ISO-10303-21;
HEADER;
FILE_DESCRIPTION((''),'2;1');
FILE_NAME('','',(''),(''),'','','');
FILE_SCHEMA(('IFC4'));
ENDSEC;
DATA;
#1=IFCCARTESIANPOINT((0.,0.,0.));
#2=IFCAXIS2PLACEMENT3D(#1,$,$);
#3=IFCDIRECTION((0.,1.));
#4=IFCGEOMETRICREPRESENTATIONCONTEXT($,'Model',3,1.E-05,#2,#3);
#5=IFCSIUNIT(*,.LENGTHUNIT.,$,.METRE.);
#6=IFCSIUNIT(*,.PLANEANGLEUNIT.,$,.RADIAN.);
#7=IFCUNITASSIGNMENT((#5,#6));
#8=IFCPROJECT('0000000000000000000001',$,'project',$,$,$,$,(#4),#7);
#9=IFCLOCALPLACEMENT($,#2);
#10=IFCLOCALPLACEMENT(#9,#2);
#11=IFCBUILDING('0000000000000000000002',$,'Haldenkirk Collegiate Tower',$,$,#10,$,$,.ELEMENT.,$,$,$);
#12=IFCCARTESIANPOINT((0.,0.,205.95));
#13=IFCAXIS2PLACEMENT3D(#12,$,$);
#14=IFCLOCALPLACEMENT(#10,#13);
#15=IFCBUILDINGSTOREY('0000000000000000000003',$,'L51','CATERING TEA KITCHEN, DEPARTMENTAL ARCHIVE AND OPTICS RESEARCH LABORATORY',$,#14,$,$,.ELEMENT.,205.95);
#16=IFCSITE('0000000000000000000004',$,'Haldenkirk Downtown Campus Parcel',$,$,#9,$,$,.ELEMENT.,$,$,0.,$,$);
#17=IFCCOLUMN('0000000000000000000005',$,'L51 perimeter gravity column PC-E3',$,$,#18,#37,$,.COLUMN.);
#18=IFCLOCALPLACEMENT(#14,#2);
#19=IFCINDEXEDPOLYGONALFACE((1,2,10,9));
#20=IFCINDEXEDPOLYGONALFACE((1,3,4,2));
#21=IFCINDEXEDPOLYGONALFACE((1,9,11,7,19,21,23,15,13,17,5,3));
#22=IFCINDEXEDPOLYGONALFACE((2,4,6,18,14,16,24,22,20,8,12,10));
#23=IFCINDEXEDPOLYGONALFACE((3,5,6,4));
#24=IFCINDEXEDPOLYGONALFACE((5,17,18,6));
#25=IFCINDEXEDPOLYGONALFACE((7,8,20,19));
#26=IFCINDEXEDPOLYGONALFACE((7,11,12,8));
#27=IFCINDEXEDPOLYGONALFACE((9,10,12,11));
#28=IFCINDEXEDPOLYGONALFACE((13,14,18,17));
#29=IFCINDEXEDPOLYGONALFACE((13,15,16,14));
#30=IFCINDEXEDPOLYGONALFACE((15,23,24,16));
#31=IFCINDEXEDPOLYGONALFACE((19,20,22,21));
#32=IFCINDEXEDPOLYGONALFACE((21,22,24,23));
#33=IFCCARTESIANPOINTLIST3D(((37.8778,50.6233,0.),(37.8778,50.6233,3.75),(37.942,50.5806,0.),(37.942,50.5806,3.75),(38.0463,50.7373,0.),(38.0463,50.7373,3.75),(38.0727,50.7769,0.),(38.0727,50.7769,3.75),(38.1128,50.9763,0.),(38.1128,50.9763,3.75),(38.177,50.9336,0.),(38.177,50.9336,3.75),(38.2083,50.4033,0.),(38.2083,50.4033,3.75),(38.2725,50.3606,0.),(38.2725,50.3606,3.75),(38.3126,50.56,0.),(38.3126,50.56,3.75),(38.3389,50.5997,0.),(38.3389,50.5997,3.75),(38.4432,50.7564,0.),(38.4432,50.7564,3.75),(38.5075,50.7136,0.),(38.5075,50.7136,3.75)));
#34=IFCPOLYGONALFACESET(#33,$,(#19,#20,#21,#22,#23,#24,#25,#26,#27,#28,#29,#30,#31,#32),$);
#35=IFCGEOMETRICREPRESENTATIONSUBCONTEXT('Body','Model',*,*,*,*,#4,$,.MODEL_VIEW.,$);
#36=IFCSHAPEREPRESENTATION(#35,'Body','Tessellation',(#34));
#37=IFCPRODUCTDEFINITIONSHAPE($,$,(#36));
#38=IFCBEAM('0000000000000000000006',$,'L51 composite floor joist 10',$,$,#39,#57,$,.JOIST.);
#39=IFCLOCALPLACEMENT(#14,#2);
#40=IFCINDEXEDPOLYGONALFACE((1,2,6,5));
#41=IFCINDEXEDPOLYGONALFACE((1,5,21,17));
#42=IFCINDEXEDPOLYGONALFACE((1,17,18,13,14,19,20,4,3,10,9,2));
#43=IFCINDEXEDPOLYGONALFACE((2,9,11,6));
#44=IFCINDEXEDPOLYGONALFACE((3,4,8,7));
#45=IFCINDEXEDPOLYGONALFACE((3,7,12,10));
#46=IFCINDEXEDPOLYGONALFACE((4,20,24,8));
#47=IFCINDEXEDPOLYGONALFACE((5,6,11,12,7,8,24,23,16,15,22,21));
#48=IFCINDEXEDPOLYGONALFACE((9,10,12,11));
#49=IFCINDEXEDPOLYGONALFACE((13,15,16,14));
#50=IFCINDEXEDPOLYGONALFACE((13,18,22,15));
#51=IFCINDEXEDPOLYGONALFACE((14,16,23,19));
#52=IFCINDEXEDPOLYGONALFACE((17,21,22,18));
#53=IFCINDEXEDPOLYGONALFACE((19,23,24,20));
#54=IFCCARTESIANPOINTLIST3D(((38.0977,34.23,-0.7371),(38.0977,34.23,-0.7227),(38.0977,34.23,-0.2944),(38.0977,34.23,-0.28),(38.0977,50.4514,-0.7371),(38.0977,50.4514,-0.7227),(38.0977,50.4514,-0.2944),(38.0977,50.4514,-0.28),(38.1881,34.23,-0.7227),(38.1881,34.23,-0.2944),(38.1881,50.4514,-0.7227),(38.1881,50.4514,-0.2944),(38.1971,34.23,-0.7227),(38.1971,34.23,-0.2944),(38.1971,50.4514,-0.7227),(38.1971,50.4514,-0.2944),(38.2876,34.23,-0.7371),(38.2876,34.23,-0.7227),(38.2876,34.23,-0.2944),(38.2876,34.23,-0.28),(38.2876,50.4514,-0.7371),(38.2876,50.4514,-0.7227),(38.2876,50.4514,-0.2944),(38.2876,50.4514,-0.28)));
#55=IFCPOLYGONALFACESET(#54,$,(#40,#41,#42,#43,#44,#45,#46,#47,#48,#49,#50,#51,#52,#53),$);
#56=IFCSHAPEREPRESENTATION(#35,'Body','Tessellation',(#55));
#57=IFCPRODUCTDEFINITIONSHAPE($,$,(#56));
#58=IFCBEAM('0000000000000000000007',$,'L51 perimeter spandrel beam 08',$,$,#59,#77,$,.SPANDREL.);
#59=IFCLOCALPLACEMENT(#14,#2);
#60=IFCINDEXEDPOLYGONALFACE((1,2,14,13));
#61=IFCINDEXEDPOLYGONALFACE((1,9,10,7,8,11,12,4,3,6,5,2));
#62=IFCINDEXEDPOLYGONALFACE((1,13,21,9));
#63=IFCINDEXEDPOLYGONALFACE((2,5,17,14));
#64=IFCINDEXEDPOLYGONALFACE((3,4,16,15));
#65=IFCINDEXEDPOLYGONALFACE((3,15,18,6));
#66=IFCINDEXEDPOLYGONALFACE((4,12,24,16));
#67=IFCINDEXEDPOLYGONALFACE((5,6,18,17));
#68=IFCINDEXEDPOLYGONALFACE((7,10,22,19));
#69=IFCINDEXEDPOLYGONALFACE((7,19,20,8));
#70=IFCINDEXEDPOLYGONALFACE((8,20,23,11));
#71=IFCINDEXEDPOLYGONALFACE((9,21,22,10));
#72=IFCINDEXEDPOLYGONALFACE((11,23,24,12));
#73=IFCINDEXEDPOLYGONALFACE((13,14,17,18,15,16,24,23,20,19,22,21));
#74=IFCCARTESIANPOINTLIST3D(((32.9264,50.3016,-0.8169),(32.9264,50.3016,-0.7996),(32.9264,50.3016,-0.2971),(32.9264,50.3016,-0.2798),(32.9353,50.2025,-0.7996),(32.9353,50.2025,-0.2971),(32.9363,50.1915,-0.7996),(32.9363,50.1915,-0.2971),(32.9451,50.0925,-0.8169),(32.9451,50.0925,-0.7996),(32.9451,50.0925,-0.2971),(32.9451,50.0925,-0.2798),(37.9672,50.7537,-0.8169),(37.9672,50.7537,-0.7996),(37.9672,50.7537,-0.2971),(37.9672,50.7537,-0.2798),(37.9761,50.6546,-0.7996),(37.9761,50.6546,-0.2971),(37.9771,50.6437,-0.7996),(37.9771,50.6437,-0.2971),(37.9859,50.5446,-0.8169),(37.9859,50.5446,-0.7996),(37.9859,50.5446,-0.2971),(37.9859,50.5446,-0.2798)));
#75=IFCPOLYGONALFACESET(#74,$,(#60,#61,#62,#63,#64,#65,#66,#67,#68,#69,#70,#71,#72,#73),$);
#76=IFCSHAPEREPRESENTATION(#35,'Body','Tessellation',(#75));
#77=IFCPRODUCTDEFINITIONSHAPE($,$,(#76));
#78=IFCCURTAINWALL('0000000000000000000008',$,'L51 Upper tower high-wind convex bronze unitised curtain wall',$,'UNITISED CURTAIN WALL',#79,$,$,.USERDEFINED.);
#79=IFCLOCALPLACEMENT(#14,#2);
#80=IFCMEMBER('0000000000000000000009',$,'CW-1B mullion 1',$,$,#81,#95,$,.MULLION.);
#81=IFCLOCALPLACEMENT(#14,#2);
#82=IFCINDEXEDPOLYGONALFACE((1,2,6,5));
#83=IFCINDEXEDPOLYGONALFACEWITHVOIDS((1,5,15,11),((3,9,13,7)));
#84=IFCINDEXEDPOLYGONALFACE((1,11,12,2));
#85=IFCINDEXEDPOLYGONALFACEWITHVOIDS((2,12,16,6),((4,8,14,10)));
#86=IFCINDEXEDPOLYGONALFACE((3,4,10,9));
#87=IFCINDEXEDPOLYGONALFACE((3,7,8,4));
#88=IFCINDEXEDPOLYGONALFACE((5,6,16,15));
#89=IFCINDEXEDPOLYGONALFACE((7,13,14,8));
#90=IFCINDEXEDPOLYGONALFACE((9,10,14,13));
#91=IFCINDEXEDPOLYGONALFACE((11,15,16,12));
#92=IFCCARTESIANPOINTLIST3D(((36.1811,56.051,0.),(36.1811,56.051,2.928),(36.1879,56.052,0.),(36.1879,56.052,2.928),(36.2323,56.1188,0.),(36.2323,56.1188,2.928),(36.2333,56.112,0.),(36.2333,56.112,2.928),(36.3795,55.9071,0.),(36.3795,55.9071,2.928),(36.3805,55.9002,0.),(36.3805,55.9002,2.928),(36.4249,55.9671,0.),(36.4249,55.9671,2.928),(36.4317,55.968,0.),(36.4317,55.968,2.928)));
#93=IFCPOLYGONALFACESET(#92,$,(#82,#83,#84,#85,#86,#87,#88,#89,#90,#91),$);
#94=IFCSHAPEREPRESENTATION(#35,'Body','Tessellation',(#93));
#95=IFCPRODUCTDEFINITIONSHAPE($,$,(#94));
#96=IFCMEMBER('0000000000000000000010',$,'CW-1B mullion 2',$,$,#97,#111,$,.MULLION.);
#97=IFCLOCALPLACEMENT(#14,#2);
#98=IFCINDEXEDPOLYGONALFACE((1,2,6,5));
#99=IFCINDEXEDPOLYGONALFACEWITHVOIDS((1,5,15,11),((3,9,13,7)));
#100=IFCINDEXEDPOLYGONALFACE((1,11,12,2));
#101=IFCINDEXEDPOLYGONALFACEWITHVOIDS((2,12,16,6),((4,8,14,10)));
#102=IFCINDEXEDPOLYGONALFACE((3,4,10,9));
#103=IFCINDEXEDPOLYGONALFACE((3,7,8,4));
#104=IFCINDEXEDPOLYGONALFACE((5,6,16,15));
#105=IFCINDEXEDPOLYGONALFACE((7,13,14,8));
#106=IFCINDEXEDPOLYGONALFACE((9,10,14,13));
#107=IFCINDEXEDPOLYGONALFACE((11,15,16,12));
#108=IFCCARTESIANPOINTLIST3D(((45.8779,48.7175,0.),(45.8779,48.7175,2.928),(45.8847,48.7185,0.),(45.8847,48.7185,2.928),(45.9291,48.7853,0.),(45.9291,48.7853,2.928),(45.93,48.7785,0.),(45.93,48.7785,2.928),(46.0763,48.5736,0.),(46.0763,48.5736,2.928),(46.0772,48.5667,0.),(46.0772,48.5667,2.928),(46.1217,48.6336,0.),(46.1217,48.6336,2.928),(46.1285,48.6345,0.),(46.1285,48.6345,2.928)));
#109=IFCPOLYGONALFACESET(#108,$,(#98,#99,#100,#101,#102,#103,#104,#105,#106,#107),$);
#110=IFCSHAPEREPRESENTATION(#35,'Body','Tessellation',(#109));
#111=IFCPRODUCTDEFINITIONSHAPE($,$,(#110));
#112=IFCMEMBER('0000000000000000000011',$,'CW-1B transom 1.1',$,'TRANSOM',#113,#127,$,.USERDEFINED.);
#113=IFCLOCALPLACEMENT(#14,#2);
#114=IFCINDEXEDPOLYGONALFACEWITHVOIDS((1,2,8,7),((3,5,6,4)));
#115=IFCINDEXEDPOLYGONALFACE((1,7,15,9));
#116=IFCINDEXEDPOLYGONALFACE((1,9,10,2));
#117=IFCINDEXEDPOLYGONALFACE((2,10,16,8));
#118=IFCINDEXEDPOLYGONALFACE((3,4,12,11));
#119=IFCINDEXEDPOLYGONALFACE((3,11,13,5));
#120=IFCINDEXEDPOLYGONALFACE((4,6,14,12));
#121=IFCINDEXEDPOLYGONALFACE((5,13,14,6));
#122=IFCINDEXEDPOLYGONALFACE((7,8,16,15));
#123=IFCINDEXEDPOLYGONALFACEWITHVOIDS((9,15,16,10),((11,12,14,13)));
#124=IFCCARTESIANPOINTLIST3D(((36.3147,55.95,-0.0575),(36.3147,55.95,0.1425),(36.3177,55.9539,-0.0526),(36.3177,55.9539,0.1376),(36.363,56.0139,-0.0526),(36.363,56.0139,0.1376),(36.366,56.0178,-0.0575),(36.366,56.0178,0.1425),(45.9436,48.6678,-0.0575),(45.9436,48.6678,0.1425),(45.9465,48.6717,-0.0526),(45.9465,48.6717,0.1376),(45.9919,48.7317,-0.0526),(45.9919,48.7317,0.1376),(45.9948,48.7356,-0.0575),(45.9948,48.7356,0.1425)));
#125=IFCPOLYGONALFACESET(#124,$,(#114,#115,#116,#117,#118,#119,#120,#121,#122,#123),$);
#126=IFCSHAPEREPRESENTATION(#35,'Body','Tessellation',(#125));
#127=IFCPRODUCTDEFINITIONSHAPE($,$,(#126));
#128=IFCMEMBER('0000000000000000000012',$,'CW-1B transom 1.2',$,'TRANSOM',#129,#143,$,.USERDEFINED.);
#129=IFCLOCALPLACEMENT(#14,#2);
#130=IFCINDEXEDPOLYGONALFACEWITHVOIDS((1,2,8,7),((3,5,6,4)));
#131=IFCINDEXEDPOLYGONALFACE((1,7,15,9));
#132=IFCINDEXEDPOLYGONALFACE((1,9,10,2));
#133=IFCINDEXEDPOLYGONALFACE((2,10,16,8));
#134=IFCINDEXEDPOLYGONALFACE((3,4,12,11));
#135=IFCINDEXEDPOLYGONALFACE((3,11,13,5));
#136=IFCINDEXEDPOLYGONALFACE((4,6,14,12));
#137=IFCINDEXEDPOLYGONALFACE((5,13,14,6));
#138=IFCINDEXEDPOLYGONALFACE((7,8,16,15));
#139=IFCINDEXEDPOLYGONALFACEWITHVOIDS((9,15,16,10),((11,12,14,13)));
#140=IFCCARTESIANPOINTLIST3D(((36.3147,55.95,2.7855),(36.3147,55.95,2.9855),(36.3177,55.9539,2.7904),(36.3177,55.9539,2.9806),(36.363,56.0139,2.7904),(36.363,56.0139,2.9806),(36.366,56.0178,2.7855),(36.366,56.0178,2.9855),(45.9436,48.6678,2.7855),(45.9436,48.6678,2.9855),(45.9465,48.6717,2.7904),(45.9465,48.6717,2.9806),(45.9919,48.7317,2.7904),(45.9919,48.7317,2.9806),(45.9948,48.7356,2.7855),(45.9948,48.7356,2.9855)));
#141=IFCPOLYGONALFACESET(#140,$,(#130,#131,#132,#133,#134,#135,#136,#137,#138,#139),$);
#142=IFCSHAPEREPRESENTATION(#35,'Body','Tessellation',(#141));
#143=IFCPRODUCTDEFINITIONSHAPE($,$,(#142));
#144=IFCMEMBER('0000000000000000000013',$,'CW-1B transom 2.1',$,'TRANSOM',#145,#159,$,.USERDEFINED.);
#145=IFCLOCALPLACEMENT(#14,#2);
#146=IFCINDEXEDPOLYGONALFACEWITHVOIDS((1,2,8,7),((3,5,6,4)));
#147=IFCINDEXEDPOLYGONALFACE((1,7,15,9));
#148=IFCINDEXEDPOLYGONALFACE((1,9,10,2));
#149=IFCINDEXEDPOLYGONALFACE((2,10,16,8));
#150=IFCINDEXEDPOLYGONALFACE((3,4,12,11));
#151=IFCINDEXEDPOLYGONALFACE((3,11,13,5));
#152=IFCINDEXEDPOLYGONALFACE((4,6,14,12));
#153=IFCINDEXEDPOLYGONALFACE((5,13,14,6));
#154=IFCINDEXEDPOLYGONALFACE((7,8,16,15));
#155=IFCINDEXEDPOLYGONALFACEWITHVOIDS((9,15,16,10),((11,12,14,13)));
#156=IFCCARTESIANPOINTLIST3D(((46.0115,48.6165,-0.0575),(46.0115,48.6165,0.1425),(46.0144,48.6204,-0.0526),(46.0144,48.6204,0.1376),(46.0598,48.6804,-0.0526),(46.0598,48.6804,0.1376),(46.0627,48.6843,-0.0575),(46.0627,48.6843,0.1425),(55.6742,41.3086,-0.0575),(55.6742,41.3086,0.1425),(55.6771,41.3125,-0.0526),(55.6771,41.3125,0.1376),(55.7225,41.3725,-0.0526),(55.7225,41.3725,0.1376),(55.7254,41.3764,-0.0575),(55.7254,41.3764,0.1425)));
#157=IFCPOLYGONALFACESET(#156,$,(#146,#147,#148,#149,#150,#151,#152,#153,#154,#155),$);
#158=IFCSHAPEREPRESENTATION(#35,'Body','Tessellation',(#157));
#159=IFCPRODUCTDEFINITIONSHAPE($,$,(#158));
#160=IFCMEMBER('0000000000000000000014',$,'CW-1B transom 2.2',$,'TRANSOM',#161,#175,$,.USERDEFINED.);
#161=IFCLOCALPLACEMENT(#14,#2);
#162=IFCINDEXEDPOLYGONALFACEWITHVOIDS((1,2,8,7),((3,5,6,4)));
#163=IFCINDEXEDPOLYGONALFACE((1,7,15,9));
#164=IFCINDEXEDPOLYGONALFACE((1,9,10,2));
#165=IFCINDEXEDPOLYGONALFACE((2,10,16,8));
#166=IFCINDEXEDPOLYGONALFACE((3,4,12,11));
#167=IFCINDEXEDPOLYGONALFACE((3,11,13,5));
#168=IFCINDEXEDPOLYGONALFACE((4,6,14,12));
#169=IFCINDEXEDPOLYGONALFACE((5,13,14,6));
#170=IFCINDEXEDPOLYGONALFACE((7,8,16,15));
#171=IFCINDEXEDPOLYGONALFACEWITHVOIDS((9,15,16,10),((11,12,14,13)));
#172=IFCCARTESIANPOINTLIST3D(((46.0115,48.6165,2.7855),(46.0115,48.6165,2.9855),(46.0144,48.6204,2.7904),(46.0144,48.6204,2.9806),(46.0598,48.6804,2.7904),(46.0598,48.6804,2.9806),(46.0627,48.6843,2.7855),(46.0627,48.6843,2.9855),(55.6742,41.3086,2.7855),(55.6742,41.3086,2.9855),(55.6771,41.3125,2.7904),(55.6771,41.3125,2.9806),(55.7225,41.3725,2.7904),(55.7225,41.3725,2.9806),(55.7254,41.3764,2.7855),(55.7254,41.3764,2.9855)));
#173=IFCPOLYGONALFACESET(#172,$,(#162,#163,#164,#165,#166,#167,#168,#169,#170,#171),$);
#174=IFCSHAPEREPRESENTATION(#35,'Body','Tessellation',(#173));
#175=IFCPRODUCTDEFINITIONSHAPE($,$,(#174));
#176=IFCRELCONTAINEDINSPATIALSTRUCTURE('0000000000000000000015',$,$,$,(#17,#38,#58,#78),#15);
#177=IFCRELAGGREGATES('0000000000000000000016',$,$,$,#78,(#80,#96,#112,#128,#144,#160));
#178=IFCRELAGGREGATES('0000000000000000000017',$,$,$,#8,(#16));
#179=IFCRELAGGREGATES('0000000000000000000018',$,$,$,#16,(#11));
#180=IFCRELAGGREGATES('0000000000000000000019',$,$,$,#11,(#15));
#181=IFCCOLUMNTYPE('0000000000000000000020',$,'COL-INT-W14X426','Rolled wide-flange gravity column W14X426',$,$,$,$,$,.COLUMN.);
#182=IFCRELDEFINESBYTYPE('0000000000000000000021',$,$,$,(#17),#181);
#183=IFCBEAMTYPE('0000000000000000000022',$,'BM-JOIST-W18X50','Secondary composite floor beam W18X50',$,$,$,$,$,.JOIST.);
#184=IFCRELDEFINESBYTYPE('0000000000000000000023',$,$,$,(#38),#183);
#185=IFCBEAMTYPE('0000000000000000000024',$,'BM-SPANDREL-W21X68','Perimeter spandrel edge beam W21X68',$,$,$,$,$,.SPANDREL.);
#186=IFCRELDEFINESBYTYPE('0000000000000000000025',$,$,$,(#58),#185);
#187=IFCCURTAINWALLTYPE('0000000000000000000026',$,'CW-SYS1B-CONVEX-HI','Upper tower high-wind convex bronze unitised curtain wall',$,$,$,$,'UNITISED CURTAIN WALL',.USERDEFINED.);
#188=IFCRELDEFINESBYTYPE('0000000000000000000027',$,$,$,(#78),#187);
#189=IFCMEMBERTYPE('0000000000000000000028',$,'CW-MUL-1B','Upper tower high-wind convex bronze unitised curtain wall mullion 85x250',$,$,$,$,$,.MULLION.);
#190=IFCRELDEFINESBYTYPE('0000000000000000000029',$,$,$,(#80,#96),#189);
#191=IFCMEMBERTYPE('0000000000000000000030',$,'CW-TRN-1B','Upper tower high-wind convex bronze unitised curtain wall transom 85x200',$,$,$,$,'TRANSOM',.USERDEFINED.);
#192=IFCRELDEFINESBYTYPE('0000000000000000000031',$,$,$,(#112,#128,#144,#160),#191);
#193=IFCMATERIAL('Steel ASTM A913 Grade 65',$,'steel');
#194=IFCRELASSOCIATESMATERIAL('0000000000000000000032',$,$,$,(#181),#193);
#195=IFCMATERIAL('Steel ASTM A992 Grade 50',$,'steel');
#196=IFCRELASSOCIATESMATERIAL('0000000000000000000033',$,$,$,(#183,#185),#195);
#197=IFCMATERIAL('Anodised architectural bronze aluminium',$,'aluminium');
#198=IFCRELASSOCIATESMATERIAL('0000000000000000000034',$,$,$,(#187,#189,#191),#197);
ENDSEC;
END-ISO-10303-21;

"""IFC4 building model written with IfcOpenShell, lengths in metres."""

from ifc_helpers import new_model, si_unit, direction, frame, origin, origin_2d, place, context, subcontext, project, spatial, hollow_rectangle, i_section, extrude, material, material_profile, profile_set, type_object, element, aggregate, save


model = new_model("IFC4")

# Units and contexts
model_context = context("Model", 3, precision=1e-05, world=origin(), true_north=direction((0.0, 1.0)))
body_context = subcontext(model_context, "Body", "Model", "MODEL_VIEW")
ifc_project = project(units=[si_unit("LENGTHUNIT", "METRE"), si_unit("PLANEANGLEUNIT", "RADIAN")], contexts=[model_context])

# Site, building, storey
site_placement = place(None, origin())
site = spatial("IfcSite", under=ifc_project, at=site_placement, Name="Haldenkirk Downtown Campus Parcel", CompositionType="ELEMENT", RefElevation=0.0)
building_placement = place(site_placement, origin())
building = spatial("IfcBuilding", under=site, at=building_placement, Name="Haldenkirk Collegiate Tower", CompositionType="ELEMENT")
storey_placement = place(building_placement, frame((0.0, 0.0, 205.95)))
storey = spatial("IfcBuildingStorey", under=building, at=storey_placement, Name="L51", Description="CATERING TEA KITCHEN, DEPARTMENTAL ARCHIVE AND OPTICS RESEARCH LABORATORY", CompositionType="ELEMENT", Elevation=205.95)

# Column
ifc_material_1 = material(Name="Steel ASTM A913 Grade 65", Category="steel")
ifc_material_profile_1 = material_profile(ifc_material_1, i_section(OverallWidth=0.4241, OverallDepth=0.4741, WebThickness=0.0476, FlangeThickness=0.0771, at=origin_2d()), Name="W14X426")
ifc_profile_set_1 = profile_set([ifc_material_profile_1], Name="Steel ASTM A913 Grade 65")
column_type = type_object("IfcColumnType", Name="COL-INT-W14X426", Description="Rolled wide-flange gravity column W14X426", PredefinedType="COLUMN", material=ifc_profile_set_1)
column_placement = place(storey_placement, frame((38.1926, 50.6685, 0.0), z_axis=(0.0, 0.0, 1.0), x_axis=(0.554118, 0.832438, 0.0)))
element("IfcColumn", 1, at=column_placement, inside=storey, type_object=column_type, Name="L51 perimeter gravity column PC-E3", PredefinedType="COLUMN", context=body_context, shape_type="SweptSolid", body=[
    extrude(i_section(OverallWidth=0.4241, OverallDepth=0.4741, WebThickness=0.0476, FlangeThickness=0.0771, at=origin_2d()), origin(), (0.0, 0.0, 1.0), 3.75),
])

# Beams
ifc_material_2 = material(Name="Steel ASTM A992 Grade 50", Category="steel")
ifc_material_profile_2 = material_profile(ifc_material_2, i_section(OverallWidth=0.1899, OverallDepth=0.457, WebThickness=0.009, FlangeThickness=0.0144, at=origin_2d()), Name="W18X50")
ifc_profile_set_2 = profile_set([ifc_material_profile_2], Name="Steel ASTM A992 Grade 50")
beam_type_1 = type_object("IfcBeamType", Name="BM-JOIST-W18X50", Description="Secondary composite floor beam W18X50", PredefinedType="JOIST", material=ifc_profile_set_2)
beam_1_placement = place(storey_placement, frame((38.1926, 50.4514, -0.5085), z_axis=(0.0, -1.0, 0.0), x_axis=(1.0, 0.0, 0.0)))
element("IfcBeam", 2, at=beam_1_placement, inside=storey, type_object=beam_type_1, Name="L51 composite floor joist 10", PredefinedType="JOIST", context=body_context, shape_type="SweptSolid", body=[
    extrude(i_section(OverallWidth=0.1899, OverallDepth=0.457, WebThickness=0.009, FlangeThickness=0.0144, at=origin_2d()), origin(), (0.0, 0.0, 1.0), 16.2214),
])
ifc_material_profile_3 = material_profile(ifc_material_2, i_section(OverallWidth=0.21, OverallDepth=0.5371, WebThickness=0.011, FlangeThickness=0.0173, at=origin_2d()), Name="W21X68")
ifc_profile_set_3 = profile_set([ifc_material_profile_3], Name="Steel ASTM A992 Grade 50")
beam_type_2 = type_object("IfcBeamType", Name="BM-SPANDREL-W21X68", Description="Perimeter spandrel edge beam W21X68", PredefinedType="SPANDREL", material=ifc_profile_set_3)
beam_2_placement = place(storey_placement, frame((37.9766, 50.6492, -0.5483), z_axis=(-0.996001, -0.08934, 0.0), x_axis=(0.08934, -0.996001, 0.0)))
element("IfcBeam", 3, at=beam_2_placement, inside=storey, type_object=beam_type_2, Name="L51 perimeter spandrel beam 08", PredefinedType="SPANDREL", context=body_context, shape_type="SweptSolid", body=[
    extrude(i_section(OverallWidth=0.21, OverallDepth=0.5371, WebThickness=0.011, FlangeThickness=0.0173, at=origin_2d()), origin(), (0.0, 0.0, 1.0), 5.061),
])

# Curtain wall, members
ifc_material_3 = material(Name="Anodised architectural bronze aluminium", Category="aluminium")
curtain_wall_type = type_object("IfcCurtainWallType", Name="CW-SYS1B-CONVEX-HI", Description="Upper tower high-wind convex bronze unitised curtain wall", ElementType="UNITISED CURTAIN WALL", PredefinedType="USERDEFINED", material=ifc_material_3)
curtain_wall_placement = place(storey_placement, origin())
curtain_wall = element("IfcCurtainWall", 4, at=curtain_wall_placement, inside=storey, type_object=curtain_wall_type, Name="L51 Upper tower high-wind convex bronze unitised curtain wall", ObjectType="UNITISED CURTAIN WALL", PredefinedType="USERDEFINED")
ifc_material_profile_4 = material_profile(ifc_material_3, hollow_rectangle(XDim=0.085, YDim=0.25, WallThickness=0.0049, at=origin_2d()), Name="CW-MUL-1B")
ifc_profile_set_4 = profile_set([ifc_material_profile_4], Name="Anodised architectural bronze aluminium")
member_type_1 = type_object("IfcMemberType", Name="CW-MUL-1B", Description="Upper tower high-wind convex bronze unitised curtain wall mullion 85x250", PredefinedType="MULLION", material=ifc_profile_set_4)
member_1_placement = place(storey_placement, frame((36.3064, 56.0095, 0.0), z_axis=(0.0, 0.0, 1.0), x_axis=(0.603207, 0.797584, 0.0)))
member_1 = element("IfcMember", 5, at=member_1_placement, type_object=member_type_1, Name="CW-1B mullion 1", PredefinedType="MULLION", context=body_context, shape_type="SweptSolid", body=[
    extrude(hollow_rectangle(XDim=0.085, YDim=0.25, WallThickness=0.0049, at=origin_2d()), origin(), (0.0, 0.0, 1.0), 2.928),
])
member_2_placement = place(storey_placement, frame((46.0032, 48.676, 0.0), z_axis=(0.0, 0.0, 1.0), x_axis=(0.603207, 0.797584, 0.0)))
member_2 = element("IfcMember", 6, at=member_2_placement, type_object=member_type_1, Name="CW-1B mullion 2", PredefinedType="MULLION", context=body_context, shape_type="SweptSolid", body=[
    extrude(hollow_rectangle(XDim=0.085, YDim=0.25, WallThickness=0.0049, at=origin_2d()), origin(), (0.0, 0.0, 1.0), 2.928),
])
ifc_material_profile_5 = material_profile(ifc_material_3, hollow_rectangle(XDim=0.085, YDim=0.2, WallThickness=0.0049, at=origin_2d()), Name="CW-TRN-1B")
ifc_profile_set_5 = profile_set([ifc_material_profile_5], Name="Anodised architectural bronze aluminium")
member_type_2 = type_object("IfcMemberType", Name="CW-TRN-1B", Description="Upper tower high-wind convex bronze unitised curtain wall transom 85x200", ElementType="TRANSOM", PredefinedType="USERDEFINED", material=ifc_profile_set_5)
member_3_placement = place(storey_placement, frame((36.3403, 55.9839, 0.0425), z_axis=(0.797586, -0.603205, 0.0), x_axis=(0.603205, 0.797586, 0.0)))
member_3 = element("IfcMember", 7, at=member_3_placement, type_object=member_type_2, Name="CW-1B transom 1.1", ObjectType="TRANSOM", PredefinedType="USERDEFINED", context=body_context, shape_type="SweptSolid", body=[
    extrude(hollow_rectangle(XDim=0.085, YDim=0.2, WallThickness=0.0049, at=origin_2d()), origin(), (0.0, 0.0, 1.0), 12.0725),
])
member_4_placement = place(storey_placement, frame((36.3403, 55.9839, 2.8855), z_axis=(0.797586, -0.603205, 0.0), x_axis=(0.603205, 0.797586, 0.0)))
member_4 = element("IfcMember", 8, at=member_4_placement, type_object=member_type_2, Name="CW-1B transom 1.2", ObjectType="TRANSOM", PredefinedType="USERDEFINED", context=body_context, shape_type="SweptSolid", body=[
    extrude(hollow_rectangle(XDim=0.085, YDim=0.2, WallThickness=0.0049, at=origin_2d()), origin(), (0.0, 0.0, 1.0), 12.0725),
])
member_5_placement = place(storey_placement, frame((46.0371, 48.6504, 0.0425), z_axis=(0.79758, -0.603213, 0.0), x_axis=(0.603213, 0.79758, 0.0)))
member_5 = element("IfcMember", 9, at=member_5_placement, type_object=member_type_2, Name="CW-1B transom 2.1", ObjectType="TRANSOM", PredefinedType="USERDEFINED", context=body_context, shape_type="SweptSolid", body=[
    extrude(hollow_rectangle(XDim=0.085, YDim=0.2, WallThickness=0.0049, at=origin_2d()), origin(), (0.0, 0.0, 1.0), 12.115),
])
member_6_placement = place(storey_placement, frame((46.0371, 48.6504, 2.8855), z_axis=(0.79758, -0.603213, 0.0), x_axis=(0.603213, 0.79758, 0.0)))
member_6 = element("IfcMember", 10, at=member_6_placement, type_object=member_type_2, Name="CW-1B transom 2.2", ObjectType="TRANSOM", PredefinedType="USERDEFINED", context=body_context, shape_type="SweptSolid", body=[
    extrude(hollow_rectangle(XDim=0.085, YDim=0.2, WallThickness=0.0049, at=origin_2d()), origin(), (0.0, 0.0, 1.0), 12.115),
])
aggregate(curtain_wall, [member_1, member_2, member_3, member_4, member_5, member_6])

save(model, "model.ifc")
